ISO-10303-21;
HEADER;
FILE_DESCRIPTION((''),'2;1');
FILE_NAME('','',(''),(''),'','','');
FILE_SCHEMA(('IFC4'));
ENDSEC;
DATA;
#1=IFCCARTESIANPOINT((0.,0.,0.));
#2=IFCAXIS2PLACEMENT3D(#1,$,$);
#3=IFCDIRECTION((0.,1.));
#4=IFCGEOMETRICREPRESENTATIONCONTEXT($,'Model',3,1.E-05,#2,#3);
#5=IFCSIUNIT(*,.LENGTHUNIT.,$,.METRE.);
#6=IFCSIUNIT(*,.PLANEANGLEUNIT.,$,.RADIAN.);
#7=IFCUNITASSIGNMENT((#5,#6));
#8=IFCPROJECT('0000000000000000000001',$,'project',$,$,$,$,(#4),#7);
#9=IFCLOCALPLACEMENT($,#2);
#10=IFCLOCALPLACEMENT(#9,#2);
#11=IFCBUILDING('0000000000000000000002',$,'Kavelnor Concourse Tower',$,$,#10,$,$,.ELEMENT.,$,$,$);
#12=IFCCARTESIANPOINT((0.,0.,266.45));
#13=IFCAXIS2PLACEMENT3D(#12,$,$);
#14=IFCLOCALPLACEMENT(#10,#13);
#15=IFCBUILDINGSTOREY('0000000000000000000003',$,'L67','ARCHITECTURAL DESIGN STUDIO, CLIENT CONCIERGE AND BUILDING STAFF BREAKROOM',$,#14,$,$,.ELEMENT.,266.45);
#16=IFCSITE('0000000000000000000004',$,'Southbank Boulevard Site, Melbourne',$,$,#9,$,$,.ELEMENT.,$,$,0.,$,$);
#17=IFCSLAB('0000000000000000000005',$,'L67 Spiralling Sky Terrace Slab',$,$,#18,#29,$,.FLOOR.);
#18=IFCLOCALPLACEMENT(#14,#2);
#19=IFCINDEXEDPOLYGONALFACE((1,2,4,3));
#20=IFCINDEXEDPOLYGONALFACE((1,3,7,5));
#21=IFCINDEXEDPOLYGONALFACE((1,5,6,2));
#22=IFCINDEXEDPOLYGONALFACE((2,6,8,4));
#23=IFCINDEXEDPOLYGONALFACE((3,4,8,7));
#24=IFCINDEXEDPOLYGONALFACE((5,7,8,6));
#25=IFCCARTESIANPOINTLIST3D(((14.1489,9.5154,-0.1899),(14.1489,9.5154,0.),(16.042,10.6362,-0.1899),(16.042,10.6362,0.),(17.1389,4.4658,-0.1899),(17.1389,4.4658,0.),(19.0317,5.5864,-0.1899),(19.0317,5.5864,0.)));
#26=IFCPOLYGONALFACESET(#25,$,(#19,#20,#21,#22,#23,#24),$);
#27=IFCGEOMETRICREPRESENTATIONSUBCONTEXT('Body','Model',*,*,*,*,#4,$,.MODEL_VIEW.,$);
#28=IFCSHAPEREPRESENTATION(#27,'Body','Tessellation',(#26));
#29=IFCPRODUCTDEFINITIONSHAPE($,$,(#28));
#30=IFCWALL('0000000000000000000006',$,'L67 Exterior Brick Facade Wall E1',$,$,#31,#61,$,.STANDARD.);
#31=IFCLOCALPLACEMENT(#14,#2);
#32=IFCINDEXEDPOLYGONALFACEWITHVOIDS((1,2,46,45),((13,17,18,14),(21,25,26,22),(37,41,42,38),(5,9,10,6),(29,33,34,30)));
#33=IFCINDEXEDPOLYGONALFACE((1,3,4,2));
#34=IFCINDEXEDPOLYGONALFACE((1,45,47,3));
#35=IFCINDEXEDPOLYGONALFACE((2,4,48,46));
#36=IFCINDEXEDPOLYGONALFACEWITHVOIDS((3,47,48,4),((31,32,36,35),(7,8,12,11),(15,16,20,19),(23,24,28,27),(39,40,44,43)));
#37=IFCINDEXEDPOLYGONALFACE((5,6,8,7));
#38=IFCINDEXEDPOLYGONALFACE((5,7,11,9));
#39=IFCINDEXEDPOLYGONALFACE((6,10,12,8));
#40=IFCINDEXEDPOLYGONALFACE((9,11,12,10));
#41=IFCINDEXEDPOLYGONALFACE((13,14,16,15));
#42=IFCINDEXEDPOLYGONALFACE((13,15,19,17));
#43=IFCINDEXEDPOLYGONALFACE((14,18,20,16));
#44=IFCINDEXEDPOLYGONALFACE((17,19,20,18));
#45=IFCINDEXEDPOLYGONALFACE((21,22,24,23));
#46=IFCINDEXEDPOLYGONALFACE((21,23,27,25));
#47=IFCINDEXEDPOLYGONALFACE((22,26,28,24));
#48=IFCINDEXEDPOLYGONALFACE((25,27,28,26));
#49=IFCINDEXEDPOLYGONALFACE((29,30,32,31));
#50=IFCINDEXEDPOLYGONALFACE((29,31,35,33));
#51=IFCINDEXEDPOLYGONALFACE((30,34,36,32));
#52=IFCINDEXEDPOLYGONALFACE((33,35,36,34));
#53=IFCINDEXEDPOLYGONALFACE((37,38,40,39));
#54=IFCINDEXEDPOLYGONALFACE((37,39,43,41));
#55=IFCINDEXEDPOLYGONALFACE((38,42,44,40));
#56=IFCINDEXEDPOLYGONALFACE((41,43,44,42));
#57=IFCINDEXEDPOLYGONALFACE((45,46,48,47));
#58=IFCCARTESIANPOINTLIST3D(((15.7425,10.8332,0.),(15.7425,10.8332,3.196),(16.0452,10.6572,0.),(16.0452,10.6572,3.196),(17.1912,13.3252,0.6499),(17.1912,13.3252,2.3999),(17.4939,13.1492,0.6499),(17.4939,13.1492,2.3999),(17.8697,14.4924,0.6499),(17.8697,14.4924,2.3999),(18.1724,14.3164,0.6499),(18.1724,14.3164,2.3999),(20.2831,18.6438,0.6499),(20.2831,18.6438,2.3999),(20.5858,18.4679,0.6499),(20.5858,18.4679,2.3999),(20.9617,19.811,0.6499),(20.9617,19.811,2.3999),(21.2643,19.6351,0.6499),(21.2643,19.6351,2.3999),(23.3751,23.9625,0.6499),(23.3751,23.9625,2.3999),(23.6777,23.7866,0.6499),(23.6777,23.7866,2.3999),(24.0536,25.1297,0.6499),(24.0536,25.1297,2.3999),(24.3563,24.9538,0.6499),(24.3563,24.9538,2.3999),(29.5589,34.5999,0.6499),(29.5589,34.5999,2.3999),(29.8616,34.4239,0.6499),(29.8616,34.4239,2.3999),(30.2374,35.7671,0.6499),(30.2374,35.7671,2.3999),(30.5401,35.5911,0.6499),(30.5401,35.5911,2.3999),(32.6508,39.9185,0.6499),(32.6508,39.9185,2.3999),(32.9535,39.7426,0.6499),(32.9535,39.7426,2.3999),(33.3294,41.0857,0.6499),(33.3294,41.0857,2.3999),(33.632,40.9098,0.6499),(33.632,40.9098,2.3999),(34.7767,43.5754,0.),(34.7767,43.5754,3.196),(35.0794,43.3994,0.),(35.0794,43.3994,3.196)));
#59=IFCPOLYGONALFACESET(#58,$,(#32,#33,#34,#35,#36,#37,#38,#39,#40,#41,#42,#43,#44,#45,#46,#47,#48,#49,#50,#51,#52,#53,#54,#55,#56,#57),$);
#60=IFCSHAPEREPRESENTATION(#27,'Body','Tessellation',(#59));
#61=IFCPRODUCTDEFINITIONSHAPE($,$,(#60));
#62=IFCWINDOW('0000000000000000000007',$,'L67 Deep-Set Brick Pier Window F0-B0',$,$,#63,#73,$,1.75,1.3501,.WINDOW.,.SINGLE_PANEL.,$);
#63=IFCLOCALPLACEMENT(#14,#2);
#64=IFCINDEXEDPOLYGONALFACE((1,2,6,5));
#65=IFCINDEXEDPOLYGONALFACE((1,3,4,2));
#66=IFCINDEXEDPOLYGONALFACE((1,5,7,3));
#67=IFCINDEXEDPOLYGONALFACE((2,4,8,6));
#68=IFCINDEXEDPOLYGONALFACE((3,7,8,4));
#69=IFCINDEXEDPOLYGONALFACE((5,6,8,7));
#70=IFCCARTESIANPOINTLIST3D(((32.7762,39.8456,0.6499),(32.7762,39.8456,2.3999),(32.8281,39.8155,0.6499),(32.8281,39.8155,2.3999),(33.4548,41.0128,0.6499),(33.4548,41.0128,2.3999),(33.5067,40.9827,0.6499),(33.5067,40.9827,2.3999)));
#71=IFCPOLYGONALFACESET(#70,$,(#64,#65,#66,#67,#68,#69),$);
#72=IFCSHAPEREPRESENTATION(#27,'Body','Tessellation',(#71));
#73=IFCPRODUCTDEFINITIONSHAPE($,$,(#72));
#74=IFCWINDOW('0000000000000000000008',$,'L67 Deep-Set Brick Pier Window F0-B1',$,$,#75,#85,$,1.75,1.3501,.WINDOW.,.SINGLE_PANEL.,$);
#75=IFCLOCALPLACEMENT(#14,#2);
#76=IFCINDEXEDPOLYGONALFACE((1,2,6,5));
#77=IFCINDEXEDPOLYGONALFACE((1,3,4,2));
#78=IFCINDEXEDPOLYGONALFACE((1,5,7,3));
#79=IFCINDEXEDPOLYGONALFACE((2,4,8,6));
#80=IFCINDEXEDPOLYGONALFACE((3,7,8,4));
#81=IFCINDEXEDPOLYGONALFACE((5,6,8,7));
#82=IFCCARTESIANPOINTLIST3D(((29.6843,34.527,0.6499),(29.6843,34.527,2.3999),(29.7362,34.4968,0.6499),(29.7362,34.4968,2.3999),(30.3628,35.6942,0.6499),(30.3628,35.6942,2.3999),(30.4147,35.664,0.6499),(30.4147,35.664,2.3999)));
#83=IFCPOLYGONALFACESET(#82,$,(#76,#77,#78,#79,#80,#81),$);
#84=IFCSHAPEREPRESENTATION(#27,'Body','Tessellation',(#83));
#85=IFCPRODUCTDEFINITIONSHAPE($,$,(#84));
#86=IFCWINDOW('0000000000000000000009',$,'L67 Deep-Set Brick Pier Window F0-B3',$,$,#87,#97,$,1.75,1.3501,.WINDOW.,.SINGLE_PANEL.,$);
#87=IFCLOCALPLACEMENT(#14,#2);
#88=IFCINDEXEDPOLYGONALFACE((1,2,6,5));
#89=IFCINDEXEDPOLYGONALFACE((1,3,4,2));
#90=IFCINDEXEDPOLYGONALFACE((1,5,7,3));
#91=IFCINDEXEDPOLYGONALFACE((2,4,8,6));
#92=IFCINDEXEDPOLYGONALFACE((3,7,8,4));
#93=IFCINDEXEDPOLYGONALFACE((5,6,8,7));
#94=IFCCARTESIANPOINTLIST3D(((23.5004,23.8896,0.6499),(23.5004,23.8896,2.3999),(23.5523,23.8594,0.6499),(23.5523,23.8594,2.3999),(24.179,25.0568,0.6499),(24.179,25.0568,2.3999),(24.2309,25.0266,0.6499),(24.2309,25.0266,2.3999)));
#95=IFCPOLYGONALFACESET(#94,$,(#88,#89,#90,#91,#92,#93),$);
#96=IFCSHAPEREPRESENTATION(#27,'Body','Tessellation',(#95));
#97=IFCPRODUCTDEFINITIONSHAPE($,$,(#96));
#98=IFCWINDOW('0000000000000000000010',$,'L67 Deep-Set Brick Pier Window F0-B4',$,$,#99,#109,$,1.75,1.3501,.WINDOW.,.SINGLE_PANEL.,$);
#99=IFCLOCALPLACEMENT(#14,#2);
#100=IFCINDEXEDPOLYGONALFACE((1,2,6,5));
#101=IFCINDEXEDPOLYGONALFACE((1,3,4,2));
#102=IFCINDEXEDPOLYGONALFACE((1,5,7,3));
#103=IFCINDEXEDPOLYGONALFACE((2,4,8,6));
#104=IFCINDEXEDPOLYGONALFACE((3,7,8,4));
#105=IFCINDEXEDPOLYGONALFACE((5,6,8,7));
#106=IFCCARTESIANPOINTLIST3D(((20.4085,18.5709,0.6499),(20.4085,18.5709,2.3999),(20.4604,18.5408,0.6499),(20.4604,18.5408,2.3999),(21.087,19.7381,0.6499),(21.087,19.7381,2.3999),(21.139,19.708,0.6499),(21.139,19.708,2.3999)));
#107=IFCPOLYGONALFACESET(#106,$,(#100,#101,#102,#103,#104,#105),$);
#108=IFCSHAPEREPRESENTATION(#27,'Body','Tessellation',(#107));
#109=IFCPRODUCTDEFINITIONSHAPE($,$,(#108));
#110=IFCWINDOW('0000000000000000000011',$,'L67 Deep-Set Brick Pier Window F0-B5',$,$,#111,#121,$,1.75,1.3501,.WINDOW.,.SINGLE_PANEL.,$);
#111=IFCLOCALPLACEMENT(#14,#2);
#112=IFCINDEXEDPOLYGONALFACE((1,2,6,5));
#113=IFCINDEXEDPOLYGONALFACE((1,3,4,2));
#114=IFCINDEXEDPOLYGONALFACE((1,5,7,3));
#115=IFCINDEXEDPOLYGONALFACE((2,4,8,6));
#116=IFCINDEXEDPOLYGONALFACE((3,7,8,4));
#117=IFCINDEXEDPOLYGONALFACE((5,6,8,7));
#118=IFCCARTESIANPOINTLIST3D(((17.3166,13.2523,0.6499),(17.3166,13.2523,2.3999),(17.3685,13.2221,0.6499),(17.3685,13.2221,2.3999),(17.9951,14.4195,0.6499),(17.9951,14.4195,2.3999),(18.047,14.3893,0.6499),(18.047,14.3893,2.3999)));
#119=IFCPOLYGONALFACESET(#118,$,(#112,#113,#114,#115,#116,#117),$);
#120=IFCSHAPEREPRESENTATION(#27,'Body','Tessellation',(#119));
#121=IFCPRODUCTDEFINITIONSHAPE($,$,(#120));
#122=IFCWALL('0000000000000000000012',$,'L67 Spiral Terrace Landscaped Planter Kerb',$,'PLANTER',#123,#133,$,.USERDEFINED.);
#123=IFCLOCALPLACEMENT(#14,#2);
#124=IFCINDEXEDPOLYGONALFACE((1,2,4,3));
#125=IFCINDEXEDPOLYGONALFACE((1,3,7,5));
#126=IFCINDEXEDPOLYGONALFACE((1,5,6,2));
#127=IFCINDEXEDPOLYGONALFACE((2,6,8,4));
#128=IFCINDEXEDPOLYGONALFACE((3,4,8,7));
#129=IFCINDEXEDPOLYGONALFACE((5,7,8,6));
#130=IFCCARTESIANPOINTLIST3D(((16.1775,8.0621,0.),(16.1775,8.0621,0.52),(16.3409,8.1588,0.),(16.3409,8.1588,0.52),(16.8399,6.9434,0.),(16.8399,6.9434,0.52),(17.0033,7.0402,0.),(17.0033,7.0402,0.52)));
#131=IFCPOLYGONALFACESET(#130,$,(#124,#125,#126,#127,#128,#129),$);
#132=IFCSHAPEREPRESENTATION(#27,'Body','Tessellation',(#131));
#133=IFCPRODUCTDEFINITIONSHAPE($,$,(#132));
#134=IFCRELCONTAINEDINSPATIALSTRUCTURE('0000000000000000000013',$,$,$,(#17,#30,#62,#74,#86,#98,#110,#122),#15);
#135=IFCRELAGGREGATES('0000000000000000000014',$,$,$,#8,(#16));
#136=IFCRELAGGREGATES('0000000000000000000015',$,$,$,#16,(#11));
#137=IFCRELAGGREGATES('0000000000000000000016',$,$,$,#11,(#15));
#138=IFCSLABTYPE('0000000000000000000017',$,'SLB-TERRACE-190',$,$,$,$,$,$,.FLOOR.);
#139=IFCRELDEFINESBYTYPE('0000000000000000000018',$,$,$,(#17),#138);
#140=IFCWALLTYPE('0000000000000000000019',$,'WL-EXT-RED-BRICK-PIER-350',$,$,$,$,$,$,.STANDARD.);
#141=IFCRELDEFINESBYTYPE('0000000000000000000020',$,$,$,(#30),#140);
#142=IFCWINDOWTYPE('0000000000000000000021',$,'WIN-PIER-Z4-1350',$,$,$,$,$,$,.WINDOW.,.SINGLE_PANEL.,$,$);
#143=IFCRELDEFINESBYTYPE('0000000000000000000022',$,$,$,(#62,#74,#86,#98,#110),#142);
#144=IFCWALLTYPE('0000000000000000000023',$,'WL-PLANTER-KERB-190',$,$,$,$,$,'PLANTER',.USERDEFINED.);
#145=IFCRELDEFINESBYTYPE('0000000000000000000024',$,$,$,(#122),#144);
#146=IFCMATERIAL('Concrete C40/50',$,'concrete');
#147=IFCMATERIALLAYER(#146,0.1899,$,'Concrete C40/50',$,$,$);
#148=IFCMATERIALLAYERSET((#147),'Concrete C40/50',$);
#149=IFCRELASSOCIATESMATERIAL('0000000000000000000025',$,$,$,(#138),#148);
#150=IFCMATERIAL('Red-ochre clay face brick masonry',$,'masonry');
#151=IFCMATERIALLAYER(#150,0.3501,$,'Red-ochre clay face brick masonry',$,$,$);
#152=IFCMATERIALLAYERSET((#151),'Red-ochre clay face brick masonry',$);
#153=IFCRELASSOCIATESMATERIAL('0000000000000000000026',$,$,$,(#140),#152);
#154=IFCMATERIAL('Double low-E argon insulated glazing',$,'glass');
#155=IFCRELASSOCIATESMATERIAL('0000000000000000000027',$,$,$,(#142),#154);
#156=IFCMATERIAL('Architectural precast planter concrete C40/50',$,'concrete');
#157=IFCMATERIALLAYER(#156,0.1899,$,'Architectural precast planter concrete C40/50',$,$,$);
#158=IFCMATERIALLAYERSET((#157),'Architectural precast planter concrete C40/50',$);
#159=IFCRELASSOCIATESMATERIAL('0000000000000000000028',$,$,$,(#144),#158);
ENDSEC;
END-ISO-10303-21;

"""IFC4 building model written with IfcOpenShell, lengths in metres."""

from ifc_helpers import new_model, si_unit, direction, frame, frame_2d, origin, place, context, subcontext, project, spatial, polyline, rectangle, outline, extrude, material, layer, layer_set, type_object, element, fill, save


model = new_model("IFC4")

# Units and contexts
model_context = context("Model", 3, precision=1e-05, world=origin(), true_north=direction((0.0, 1.0)))
body_context = subcontext(model_context, "Body", "Model", "MODEL_VIEW")
ifc_project = project(units=[si_unit("LENGTHUNIT", "METRE"), si_unit("PLANEANGLEUNIT", "RADIAN")], contexts=[model_context])

# Site, building, storey
site_placement = place(None, origin())
site = spatial("IfcSite", under=ifc_project, at=site_placement, Name="Southbank Boulevard Site, Melbourne", CompositionType="ELEMENT", RefElevation=0.0)
building_placement = place(site_placement, origin())
building = spatial("IfcBuilding", under=site, at=building_placement, Name="Kavelnor Concourse Tower", CompositionType="ELEMENT")
storey_placement = place(building_placement, frame((0.0, 0.0, 266.45)))
storey = spatial("IfcBuildingStorey", under=building, at=storey_placement, Name="L67", Description="ARCHITECTURAL DESIGN STUDIO, CLIENT CONCIERGE AND BUILDING STAFF BREAKROOM", CompositionType="ELEMENT", Elevation=266.45)

# Shared definitions
ifc_material_1 = material(Name="Concrete C40/50", Category="concrete")

# Slab
ifc_layer_1 = layer(ifc_material_1, 0.1899, Name="Concrete C40/50")
ifc_layer_set_1 = layer_set([ifc_layer_1], Name="Concrete C40/50")
slab_type_1 = type_object("IfcSlabType", Name="SLB-TERRACE-190", PredefinedType="FLOOR", material=ifc_layer_set_1)
slab_1_placement = place(storey_placement, frame((0.0, 0.0, -0.1899)))
element("IfcSlab", 1, at=slab_1_placement, inside=storey, type_object=slab_type_1, Name="L67 Spiralling Sky Terrace Slab", PredefinedType="FLOOR", context=body_context, shape_type="SweptSolid", body=[
    extrude(outline(polyline([(17.1389, 4.4658), (14.1489, 9.5154), (16.042, 10.6362), (19.0317, 5.5864), (17.1389, 4.4658)])), origin(), (0.0, 0.0, 1.0), 0.1899),
])

# Wall, openings, windows
ifc_material_2 = material(Name="Red-ochre clay face brick masonry", Category="masonry")
ifc_layer_2 = layer(ifc_material_2, 0.3501, Name="Red-ochre clay face brick masonry")
ifc_layer_set_2 = layer_set([ifc_layer_2], Name="Red-ochre clay face brick masonry")
wall_type_1 = type_object("IfcWallType", Name="WL-EXT-RED-BRICK-PIER-350", PredefinedType="STANDARD", material=ifc_layer_set_2)
wall_1_placement = place(storey_placement, frame((15.8938, 10.7451, 0.0), z_axis=(0.0, 0.0, 1.0), x_axis=(0.502581, 0.86453, 0.0)))
wall_1 = element("IfcWall", 2, at=wall_1_placement, inside=storey, type_object=wall_type_1, Name="L67 Exterior Brick Facade Wall E1", PredefinedType="STANDARD", context=body_context, shape_type="SweptSolid", body=[
    extrude(rectangle(XDim=37.8728, YDim=0.3501, at=frame_2d((18.9365, 0.0))), origin(), (0.0, 0.0, 1.0), 3.196),
])
opening_1_placement = place(wall_1_placement, frame((33.6431, 0.0, 0.6499)))
opening_1 = element("IfcOpeningElement", 3, at=opening_1_placement, cuts=wall_1, PredefinedType="OPENING", context=body_context, shape_type="SweptSolid", body=[
    extrude(rectangle(XDim=1.3501, YDim=1.75, at=frame_2d((0.675, 0.875))), frame((0.0, 0.1851, 0.0), z_axis=(0.0, -1.0, 0.0), x_axis=(1.0, 0.0, 0.0)), (0.0, 0.0, 1.0), 0.3701),
])
opening_2_placement = place(wall_1_placement, frame((27.491, 0.0, 0.6499)))
opening_2 = element("IfcOpeningElement", 4, at=opening_2_placement, cuts=wall_1, PredefinedType="OPENING", context=body_context, shape_type="SweptSolid", body=[
    extrude(rectangle(XDim=1.3501, YDim=1.75, at=frame_2d((0.675, 0.875))), frame((0.0, 0.1851, 0.0), z_axis=(0.0, -1.0, 0.0), x_axis=(1.0, 0.0, 0.0)), (0.0, 0.0, 1.0), 0.3701),
])
opening_3_placement = place(wall_1_placement, frame((15.1868, 0.0, 0.6499)))
opening_3 = element("IfcOpeningElement", 5, at=opening_3_placement, cuts=wall_1, PredefinedType="OPENING", context=body_context, shape_type="SweptSolid", body=[
    extrude(rectangle(XDim=1.3501, YDim=1.75, at=frame_2d((0.675, 0.875))), frame((0.0, 0.1851, 0.0), z_axis=(0.0, -1.0, 0.0), x_axis=(1.0, 0.0, 0.0)), (0.0, 0.0, 1.0), 0.3701),
])
opening_4_placement = place(wall_1_placement, frame((9.0347, 0.0, 0.6499)))
opening_4 = element("IfcOpeningElement", 6, at=opening_4_placement, cuts=wall_1, PredefinedType="OPENING", context=body_context, shape_type="SweptSolid", body=[
    extrude(rectangle(XDim=1.3501, YDim=1.75, at=frame_2d((0.675, 0.875))), frame((0.0, 0.1851, 0.0), z_axis=(0.0, -1.0, 0.0), x_axis=(1.0, 0.0, 0.0)), (0.0, 0.0, 1.0), 0.3701),
])
opening_5_placement = place(wall_1_placement, frame((2.8826, 0.0, 0.6499)))
opening_5 = element("IfcOpeningElement", 7, at=opening_5_placement, cuts=wall_1, PredefinedType="OPENING", context=body_context, shape_type="SweptSolid", body=[
    extrude(rectangle(XDim=1.3501, YDim=1.75, at=frame_2d((0.675, 0.875))), frame((0.0, 0.1851, 0.0), z_axis=(0.0, -1.0, 0.0), x_axis=(1.0, 0.0, 0.0)), (0.0, 0.0, 1.0), 0.3701),
])
ifc_material_3 = material(Name="Double low-E argon insulated glazing", Category="glass")
window_type = type_object("IfcWindowType", Name="WIN-PIER-Z4-1350", PartitioningType="SINGLE_PANEL", PredefinedType="WINDOW", material=ifc_material_3)
window_1_placement = place(opening_1_placement, origin())
window_1 = element("IfcWindow", 8, at=window_1_placement, inside=storey, type_object=window_type, Name="L67 Deep-Set Brick Pier Window F0-B0", OverallHeight=1.75, OverallWidth=1.3501, PartitioningType="SINGLE_PANEL", PredefinedType="WINDOW", context=body_context, shape_type="SweptSolid", body=[
    extrude(rectangle(XDim=1.3501, YDim=1.75, at=frame_2d((0.675, 0.875))), frame((0.0, 0.03, 0.0), z_axis=(0.0, -1.0, 0.0), x_axis=(1.0, 0.0, 0.0)), (0.0, 0.0, 1.0), 0.0601),
])
fill(opening_1, window_1)
window_2_placement = place(opening_2_placement, origin())
window_2 = element("IfcWindow", 9, at=window_2_placement, inside=storey, type_object=window_type, Name="L67 Deep-Set Brick Pier Window F0-B1", OverallHeight=1.75, OverallWidth=1.3501, PartitioningType="SINGLE_PANEL", PredefinedType="WINDOW", context=body_context, shape_type="SweptSolid", body=[
    extrude(rectangle(XDim=1.3501, YDim=1.75, at=frame_2d((0.675, 0.875))), frame((0.0, 0.03, 0.0), z_axis=(0.0, -1.0, 0.0), x_axis=(1.0, 0.0, 0.0)), (0.0, 0.0, 1.0), 0.0601),
])
fill(opening_2, window_2)
window_3_placement = place(opening_3_placement, origin())
window_3 = element("IfcWindow", 10, at=window_3_placement, inside=storey, type_object=window_type, Name="L67 Deep-Set Brick Pier Window F0-B3", OverallHeight=1.75, OverallWidth=1.3501, PartitioningType="SINGLE_PANEL", PredefinedType="WINDOW", context=body_context, shape_type="SweptSolid", body=[
    extrude(rectangle(XDim=1.3501, YDim=1.75, at=frame_2d((0.675, 0.875))), frame((0.0, 0.03, 0.0), z_axis=(0.0, -1.0, 0.0), x_axis=(1.0, 0.0, 0.0)), (0.0, 0.0, 1.0), 0.0601),
])
fill(opening_3, window_3)
window_4_placement = place(opening_4_placement, origin())
window_4 = element("IfcWindow", 11, at=window_4_placement, inside=storey, type_object=window_type, Name="L67 Deep-Set Brick Pier Window F0-B4", OverallHeight=1.75, OverallWidth=1.3501, PartitioningType="SINGLE_PANEL", PredefinedType="WINDOW", context=body_context, shape_type="SweptSolid", body=[
    extrude(rectangle(XDim=1.3501, YDim=1.75, at=frame_2d((0.675, 0.875))), frame((0.0, 0.03, 0.0), z_axis=(0.0, -1.0, 0.0), x_axis=(1.0, 0.0, 0.0)), (0.0, 0.0, 1.0), 0.0601),
])
fill(opening_4, window_4)
window_5_placement = place(opening_5_placement, origin())
window_5 = element("IfcWindow", 12, at=window_5_placement, inside=storey, type_object=window_type, Name="L67 Deep-Set Brick Pier Window F0-B5", OverallHeight=1.75, OverallWidth=1.3501, PartitioningType="SINGLE_PANEL", PredefinedType="WINDOW", context=body_context, shape_type="SweptSolid", body=[
    extrude(rectangle(XDim=1.3501, YDim=1.75, at=frame_2d((0.675, 0.875))), frame((0.0, 0.03, 0.0), z_axis=(0.0, -1.0, 0.0), x_axis=(1.0, 0.0, 0.0)), (0.0, 0.0, 1.0), 0.0601),
])
fill(opening_5, window_5)

# Wall
ifc_material_4 = material(Name="Architectural precast planter concrete C40/50", Category="concrete")
ifc_layer_3 = layer(ifc_material_4, 0.1899, Name="Architectural precast planter concrete C40/50")
ifc_layer_set_3 = layer_set([ifc_layer_3], Name="Architectural precast planter concrete C40/50")
wall_type_2 = type_object("IfcWallType", Name="WL-PLANTER-KERB-190", ElementType="PLANTER", PredefinedType="USERDEFINED", material=ifc_layer_set_3)
wall_2_placement = place(storey_placement, frame((16.2593, 8.1104, 0.0), z_axis=(0.0, 0.0, 1.0), x_axis=(0.509488, -0.860478, 0.0)))
element("IfcWall", 13, at=wall_2_placement, inside=storey, type_object=wall_type_2, Name="L67 Spiral Terrace Landscaped Planter Kerb", ObjectType="PLANTER", PredefinedType="USERDEFINED", context=body_context, shape_type="SweptSolid", body=[
    extrude(rectangle(XDim=1.3, YDim=0.1899, at=frame_2d((0.6499, 0.0))), origin(), (0.0, 0.0, 1.0), 0.52),
])

save(model, "model.ifc")
